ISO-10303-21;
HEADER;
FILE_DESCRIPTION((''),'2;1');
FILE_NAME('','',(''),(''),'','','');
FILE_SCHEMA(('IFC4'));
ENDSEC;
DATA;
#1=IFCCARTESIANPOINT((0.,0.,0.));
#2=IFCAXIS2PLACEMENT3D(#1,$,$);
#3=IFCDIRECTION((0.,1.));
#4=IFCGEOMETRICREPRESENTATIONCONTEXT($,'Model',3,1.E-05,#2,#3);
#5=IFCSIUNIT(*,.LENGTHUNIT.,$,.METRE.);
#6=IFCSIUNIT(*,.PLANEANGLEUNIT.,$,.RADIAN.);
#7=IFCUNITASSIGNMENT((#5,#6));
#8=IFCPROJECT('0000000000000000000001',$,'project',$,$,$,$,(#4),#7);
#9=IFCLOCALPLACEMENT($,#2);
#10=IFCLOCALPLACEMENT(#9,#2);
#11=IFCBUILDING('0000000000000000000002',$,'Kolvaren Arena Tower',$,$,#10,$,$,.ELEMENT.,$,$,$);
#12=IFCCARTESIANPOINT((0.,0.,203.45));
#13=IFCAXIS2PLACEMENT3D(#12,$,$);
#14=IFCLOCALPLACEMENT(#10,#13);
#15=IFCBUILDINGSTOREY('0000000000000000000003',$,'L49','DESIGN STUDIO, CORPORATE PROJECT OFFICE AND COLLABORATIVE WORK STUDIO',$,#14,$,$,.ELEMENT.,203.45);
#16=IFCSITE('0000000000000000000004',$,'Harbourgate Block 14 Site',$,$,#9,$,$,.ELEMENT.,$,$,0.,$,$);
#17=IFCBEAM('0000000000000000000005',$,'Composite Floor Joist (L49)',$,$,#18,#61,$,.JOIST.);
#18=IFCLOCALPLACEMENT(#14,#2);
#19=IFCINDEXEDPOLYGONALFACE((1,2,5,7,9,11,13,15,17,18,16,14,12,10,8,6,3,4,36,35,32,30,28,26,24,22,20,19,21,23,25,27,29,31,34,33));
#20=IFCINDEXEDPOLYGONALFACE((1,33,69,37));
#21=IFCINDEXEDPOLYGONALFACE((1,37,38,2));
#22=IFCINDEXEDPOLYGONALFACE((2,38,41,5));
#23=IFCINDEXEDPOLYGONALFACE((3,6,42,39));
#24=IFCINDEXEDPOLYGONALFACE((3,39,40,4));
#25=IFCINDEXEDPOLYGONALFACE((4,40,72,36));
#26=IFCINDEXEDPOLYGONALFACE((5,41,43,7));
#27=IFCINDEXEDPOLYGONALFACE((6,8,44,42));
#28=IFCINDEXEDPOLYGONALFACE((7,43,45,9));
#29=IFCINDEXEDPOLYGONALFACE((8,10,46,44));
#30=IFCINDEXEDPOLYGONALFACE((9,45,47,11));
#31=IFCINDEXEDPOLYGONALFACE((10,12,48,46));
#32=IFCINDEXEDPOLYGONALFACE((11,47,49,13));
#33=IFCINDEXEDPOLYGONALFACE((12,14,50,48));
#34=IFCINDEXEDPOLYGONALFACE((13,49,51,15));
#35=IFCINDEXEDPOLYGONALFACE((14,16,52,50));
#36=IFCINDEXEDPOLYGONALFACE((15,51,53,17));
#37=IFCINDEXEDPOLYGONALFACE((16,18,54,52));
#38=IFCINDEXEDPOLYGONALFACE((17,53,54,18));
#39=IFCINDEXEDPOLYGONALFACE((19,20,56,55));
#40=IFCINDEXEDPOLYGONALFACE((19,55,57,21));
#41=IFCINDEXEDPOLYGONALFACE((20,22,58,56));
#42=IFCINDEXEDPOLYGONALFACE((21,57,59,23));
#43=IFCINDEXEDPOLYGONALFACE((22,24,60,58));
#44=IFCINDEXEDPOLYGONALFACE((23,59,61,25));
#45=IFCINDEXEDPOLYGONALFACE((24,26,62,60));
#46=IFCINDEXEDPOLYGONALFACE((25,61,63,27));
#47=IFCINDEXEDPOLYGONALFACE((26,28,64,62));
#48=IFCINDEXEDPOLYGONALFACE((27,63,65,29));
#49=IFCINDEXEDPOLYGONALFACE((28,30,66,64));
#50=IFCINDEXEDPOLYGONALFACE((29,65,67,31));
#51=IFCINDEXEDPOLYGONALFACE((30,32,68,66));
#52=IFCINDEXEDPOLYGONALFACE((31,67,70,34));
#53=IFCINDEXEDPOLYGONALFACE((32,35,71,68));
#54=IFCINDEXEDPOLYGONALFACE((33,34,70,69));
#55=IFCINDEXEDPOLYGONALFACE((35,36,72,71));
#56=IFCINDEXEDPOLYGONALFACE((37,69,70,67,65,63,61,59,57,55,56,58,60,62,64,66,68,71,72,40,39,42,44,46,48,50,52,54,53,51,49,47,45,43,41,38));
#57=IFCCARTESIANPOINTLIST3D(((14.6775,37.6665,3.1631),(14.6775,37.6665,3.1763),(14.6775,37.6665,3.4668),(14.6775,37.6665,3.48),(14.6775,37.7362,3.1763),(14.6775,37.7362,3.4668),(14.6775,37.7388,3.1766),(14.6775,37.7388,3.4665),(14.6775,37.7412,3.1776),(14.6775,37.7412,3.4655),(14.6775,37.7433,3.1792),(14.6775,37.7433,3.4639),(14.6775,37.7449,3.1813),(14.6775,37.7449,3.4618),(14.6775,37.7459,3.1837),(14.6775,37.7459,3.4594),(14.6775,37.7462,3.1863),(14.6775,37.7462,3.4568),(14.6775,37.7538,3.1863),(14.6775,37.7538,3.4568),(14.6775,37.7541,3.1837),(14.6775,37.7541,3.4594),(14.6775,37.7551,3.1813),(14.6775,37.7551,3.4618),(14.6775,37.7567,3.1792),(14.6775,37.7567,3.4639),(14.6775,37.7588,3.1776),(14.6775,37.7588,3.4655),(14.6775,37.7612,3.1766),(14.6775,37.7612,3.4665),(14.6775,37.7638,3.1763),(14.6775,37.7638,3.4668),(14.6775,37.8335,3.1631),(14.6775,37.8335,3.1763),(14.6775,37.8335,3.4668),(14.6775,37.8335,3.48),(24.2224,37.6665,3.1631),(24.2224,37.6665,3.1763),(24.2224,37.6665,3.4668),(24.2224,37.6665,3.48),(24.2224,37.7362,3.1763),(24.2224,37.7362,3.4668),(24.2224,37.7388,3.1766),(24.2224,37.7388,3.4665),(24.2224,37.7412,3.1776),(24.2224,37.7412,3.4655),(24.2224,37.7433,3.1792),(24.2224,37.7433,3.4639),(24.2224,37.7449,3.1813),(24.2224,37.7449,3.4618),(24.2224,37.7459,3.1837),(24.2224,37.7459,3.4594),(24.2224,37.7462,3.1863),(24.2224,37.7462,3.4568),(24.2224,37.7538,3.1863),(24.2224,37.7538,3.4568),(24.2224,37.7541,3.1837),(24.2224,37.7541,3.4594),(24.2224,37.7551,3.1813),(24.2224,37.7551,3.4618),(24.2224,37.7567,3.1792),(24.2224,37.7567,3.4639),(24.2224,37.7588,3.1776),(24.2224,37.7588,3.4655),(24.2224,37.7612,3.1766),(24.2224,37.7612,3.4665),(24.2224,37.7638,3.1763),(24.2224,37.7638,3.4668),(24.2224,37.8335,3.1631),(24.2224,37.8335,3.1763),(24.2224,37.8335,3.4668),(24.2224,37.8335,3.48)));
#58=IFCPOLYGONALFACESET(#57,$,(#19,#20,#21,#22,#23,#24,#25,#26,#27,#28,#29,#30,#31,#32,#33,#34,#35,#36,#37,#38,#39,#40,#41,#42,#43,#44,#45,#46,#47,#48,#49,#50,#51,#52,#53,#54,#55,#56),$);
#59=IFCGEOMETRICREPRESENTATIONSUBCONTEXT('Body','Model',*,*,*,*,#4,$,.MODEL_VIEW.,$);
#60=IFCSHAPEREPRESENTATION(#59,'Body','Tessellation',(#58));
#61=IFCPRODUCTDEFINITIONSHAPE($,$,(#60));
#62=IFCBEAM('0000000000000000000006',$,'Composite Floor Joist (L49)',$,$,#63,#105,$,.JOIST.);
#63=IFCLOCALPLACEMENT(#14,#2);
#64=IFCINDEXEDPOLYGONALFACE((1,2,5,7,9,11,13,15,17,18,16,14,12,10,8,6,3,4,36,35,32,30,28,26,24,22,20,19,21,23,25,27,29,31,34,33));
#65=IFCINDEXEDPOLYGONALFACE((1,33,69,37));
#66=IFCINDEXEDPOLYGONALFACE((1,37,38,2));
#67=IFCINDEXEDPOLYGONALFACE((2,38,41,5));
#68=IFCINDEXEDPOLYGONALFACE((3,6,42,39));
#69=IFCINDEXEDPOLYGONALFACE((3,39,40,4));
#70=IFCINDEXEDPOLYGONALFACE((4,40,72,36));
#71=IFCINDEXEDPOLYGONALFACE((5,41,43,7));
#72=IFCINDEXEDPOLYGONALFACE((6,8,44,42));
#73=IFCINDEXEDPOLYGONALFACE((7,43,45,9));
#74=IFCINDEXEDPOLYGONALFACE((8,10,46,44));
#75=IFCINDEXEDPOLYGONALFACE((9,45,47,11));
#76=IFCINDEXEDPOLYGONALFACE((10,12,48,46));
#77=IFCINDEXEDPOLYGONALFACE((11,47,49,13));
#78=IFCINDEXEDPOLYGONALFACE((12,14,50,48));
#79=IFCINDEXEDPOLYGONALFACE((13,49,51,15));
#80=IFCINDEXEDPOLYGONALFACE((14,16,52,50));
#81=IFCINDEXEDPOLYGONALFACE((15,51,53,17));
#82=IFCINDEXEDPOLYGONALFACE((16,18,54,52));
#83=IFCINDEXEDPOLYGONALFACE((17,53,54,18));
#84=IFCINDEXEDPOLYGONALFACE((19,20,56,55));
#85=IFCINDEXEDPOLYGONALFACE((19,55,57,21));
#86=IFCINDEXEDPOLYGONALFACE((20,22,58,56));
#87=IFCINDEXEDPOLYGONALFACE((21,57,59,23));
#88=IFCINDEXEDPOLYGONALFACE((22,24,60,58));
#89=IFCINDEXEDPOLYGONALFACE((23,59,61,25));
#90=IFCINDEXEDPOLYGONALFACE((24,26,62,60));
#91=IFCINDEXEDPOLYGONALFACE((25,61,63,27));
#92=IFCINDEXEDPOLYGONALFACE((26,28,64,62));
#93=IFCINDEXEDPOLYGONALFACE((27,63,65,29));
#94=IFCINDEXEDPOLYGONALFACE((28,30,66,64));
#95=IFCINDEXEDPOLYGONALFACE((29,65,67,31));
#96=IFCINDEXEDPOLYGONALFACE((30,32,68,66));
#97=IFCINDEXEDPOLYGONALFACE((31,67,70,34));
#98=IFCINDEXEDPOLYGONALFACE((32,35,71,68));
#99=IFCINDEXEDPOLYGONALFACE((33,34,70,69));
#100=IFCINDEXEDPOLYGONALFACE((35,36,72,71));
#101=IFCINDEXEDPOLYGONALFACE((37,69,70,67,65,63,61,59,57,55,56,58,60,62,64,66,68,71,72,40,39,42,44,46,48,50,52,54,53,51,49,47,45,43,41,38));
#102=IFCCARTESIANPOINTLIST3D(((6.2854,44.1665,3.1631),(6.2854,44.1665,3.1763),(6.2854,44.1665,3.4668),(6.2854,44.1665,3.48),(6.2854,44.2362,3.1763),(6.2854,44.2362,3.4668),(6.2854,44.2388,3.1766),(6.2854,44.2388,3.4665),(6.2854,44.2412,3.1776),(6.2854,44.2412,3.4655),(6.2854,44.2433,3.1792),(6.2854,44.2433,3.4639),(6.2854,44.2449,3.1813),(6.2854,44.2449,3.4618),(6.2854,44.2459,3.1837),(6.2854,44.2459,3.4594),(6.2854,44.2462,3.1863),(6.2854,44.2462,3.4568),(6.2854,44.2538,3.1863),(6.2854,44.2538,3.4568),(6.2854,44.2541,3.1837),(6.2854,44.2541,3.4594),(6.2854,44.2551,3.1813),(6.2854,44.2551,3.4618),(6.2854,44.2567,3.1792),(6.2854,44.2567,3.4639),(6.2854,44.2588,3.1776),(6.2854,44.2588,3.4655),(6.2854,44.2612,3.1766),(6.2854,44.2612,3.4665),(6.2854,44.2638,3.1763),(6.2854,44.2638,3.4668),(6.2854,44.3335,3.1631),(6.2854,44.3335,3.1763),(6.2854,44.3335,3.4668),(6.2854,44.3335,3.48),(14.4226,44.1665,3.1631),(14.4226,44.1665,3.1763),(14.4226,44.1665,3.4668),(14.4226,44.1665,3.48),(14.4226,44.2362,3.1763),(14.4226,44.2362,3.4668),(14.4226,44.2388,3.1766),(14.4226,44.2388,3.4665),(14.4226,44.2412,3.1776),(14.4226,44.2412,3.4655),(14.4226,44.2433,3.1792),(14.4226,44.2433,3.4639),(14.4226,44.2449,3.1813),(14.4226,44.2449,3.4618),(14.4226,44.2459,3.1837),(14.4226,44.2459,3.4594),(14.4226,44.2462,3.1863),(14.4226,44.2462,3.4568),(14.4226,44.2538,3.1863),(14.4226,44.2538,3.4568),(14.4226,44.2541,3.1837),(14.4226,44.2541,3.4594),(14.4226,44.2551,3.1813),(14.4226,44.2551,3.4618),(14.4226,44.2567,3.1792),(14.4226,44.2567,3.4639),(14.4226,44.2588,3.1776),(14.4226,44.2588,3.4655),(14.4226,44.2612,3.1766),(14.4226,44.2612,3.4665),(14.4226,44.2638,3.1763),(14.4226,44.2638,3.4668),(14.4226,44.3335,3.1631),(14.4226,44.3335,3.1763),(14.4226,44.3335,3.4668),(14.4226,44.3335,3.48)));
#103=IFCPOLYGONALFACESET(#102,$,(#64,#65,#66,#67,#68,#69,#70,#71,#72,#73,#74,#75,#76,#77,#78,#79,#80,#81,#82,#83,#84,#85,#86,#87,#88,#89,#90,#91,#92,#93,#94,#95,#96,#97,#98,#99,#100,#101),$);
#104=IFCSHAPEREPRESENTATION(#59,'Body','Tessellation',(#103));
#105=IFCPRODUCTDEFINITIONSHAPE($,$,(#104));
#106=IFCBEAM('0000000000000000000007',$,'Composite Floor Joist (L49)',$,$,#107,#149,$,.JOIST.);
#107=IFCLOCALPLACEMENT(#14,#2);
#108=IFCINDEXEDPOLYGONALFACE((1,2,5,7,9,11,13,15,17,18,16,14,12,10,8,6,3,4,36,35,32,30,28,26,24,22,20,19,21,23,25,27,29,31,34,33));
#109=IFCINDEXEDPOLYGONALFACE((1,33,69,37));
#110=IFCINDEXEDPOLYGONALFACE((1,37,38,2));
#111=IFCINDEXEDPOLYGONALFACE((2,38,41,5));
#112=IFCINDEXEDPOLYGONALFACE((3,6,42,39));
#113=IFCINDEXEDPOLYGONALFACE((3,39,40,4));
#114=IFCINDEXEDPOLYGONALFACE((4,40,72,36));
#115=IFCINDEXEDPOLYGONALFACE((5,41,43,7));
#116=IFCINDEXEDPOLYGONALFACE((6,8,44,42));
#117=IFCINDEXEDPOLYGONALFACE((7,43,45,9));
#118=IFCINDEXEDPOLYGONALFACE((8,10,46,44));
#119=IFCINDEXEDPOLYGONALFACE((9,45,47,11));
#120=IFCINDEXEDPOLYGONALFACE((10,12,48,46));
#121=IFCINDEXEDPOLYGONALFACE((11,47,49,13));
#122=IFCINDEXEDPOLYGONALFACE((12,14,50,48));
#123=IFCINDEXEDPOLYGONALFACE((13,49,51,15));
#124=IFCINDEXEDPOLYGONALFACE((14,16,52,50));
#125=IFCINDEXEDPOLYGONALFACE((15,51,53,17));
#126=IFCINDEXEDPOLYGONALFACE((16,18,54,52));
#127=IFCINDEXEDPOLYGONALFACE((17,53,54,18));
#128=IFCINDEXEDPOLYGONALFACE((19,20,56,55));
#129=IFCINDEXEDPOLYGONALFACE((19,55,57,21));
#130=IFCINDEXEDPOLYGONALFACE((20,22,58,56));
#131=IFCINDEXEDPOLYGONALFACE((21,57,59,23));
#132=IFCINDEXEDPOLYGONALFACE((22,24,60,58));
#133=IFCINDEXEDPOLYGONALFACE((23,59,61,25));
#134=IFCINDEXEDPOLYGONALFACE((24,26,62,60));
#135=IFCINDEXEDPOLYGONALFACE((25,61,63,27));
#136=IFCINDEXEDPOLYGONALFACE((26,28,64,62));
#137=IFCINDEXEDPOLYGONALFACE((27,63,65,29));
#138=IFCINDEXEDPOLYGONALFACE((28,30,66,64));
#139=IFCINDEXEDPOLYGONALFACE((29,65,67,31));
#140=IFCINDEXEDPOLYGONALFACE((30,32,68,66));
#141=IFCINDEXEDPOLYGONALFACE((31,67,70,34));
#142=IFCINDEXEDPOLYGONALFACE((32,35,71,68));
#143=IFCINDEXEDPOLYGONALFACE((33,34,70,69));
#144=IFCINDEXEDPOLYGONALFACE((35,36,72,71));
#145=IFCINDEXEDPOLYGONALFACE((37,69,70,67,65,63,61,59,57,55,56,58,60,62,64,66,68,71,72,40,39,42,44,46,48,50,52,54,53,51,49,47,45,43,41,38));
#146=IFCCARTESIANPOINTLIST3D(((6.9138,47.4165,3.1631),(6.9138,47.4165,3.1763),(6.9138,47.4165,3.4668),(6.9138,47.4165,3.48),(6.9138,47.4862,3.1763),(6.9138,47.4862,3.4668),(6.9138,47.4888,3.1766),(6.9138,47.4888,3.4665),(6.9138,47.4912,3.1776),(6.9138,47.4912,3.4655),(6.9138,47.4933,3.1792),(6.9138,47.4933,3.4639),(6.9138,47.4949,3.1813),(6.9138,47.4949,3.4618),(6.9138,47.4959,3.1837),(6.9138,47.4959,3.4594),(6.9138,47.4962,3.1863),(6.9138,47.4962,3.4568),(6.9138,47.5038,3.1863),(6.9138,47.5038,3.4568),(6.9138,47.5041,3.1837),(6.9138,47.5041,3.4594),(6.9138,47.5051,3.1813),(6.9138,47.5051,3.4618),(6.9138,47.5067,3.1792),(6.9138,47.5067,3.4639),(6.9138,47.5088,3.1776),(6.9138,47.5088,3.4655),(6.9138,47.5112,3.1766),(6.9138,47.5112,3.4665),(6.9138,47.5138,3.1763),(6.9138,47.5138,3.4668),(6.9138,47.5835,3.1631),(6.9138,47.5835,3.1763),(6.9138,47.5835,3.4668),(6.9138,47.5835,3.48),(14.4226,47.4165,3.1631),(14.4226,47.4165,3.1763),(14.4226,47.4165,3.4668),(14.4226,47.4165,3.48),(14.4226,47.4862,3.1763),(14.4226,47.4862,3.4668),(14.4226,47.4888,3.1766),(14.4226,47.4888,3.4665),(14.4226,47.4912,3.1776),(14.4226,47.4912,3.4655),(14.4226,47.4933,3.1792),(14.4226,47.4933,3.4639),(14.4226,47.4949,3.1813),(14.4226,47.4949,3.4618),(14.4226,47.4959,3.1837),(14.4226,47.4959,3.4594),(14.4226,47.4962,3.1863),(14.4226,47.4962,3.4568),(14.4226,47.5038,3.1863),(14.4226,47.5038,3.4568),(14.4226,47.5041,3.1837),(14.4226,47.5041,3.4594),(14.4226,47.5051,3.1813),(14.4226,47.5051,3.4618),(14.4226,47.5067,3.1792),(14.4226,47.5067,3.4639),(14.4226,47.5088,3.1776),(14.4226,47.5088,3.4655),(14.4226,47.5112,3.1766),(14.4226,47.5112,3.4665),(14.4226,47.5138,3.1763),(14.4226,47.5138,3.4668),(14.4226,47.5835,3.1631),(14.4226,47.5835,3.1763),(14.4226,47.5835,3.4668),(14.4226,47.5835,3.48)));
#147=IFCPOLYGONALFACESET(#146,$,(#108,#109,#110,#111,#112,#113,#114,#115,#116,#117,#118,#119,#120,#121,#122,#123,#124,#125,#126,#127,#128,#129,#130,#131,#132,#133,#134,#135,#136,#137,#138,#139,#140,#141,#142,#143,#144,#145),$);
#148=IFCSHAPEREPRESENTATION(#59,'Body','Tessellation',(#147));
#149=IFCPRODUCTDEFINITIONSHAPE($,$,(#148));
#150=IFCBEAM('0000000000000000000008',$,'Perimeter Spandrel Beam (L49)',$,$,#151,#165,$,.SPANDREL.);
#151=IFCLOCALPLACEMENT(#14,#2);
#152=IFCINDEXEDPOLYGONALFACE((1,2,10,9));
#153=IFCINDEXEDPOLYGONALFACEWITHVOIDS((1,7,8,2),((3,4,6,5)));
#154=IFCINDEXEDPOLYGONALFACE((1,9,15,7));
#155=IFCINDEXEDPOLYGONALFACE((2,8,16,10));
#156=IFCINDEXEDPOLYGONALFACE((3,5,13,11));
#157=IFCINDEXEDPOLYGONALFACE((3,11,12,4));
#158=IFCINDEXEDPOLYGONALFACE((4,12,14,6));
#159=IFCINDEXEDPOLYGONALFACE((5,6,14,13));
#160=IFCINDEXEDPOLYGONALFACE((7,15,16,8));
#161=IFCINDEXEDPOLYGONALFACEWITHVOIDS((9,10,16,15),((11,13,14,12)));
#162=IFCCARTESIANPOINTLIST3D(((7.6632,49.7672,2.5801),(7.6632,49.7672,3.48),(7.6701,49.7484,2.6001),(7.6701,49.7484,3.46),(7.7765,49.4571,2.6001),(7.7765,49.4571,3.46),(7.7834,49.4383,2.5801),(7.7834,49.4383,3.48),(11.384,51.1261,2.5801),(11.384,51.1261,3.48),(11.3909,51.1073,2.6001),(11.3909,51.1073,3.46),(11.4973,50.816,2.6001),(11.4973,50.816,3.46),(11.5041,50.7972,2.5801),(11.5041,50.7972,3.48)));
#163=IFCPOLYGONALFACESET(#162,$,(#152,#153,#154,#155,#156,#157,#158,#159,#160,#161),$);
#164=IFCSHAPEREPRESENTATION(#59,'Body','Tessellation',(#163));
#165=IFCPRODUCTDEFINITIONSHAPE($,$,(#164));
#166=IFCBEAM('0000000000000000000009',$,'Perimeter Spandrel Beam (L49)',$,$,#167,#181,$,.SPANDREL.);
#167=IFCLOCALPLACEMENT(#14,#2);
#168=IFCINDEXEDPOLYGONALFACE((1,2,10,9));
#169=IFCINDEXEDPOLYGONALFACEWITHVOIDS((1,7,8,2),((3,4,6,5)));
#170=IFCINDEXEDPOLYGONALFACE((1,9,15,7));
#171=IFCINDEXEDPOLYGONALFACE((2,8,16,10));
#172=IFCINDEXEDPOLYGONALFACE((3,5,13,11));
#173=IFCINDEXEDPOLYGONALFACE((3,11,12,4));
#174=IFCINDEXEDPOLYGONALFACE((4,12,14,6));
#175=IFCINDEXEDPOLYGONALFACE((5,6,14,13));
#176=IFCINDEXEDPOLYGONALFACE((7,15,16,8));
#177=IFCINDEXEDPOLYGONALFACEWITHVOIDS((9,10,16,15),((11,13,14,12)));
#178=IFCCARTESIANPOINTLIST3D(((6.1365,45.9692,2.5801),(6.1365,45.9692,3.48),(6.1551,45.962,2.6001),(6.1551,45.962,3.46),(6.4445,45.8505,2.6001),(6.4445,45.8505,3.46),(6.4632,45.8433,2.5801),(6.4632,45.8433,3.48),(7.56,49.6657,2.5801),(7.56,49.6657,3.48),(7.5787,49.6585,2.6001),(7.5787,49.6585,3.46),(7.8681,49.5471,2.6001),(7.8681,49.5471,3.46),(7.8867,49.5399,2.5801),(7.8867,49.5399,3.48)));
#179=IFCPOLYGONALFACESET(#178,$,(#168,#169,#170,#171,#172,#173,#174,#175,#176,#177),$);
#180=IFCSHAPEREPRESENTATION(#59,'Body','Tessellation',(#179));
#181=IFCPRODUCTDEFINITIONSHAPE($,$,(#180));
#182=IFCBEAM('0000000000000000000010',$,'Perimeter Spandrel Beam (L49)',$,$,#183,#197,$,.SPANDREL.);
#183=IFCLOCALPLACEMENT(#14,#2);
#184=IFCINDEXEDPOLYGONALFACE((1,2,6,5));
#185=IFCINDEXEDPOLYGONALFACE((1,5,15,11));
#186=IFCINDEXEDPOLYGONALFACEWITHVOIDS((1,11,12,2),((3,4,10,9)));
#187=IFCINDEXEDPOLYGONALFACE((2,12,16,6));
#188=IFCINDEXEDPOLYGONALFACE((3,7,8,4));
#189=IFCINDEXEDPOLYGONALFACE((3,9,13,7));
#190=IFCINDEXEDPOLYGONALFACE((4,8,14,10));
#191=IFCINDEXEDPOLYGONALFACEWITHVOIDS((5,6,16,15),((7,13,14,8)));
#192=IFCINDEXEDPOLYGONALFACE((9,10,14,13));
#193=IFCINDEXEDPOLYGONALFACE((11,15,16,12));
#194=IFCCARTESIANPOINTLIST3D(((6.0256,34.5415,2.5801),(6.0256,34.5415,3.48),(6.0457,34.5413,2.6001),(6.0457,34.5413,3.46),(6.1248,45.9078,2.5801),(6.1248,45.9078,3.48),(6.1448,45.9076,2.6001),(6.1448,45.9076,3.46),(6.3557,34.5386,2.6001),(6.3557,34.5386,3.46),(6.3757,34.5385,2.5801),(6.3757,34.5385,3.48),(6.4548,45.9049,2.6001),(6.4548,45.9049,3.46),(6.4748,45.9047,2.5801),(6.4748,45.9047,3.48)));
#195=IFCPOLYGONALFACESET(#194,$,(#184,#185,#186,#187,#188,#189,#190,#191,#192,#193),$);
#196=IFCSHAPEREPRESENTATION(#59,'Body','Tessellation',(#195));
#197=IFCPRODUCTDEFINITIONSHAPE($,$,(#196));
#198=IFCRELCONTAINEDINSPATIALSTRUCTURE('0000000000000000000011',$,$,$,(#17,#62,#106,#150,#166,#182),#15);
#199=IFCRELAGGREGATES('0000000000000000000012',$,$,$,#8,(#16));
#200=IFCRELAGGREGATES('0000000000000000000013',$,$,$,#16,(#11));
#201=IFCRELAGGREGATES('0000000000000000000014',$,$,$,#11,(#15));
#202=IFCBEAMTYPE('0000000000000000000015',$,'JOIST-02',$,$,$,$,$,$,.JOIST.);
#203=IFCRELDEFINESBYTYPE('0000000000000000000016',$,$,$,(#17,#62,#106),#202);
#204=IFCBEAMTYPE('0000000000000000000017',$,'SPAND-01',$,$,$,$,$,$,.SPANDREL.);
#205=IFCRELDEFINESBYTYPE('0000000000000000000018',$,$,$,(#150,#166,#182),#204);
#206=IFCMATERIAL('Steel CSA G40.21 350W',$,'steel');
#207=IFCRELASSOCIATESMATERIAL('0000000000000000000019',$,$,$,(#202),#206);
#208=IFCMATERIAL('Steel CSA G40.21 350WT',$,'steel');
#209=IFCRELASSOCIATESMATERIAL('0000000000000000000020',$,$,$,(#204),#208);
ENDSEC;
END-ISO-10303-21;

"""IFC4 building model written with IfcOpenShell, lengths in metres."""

from ifc_helpers import new_model, si_unit, direction, frame, origin, origin_2d, place, context, subcontext, project, spatial, hollow_rectangle, i_section, extrude, material, material_profile, profile_set, type_object, element, save


model = new_model("IFC4")

# Units and contexts
model_context = context("Model", 3, precision=1e-05, world=origin(), true_north=direction((0.0, 1.0)))
body_context = subcontext(model_context, "Body", "Model", "MODEL_VIEW")
ifc_project = project(units=[si_unit("LENGTHUNIT", "METRE"), si_unit("PLANEANGLEUNIT", "RADIAN")], contexts=[model_context])

# Site, building, storey
site_placement = place(None, origin())
site = spatial("IfcSite", under=ifc_project, at=site_placement, Name="Harbourgate Block 14 Site", CompositionType="ELEMENT", RefElevation=0.0)
building_placement = place(site_placement, origin())
building = spatial("IfcBuilding", under=site, at=building_placement, Name="Kolvaren Arena Tower", CompositionType="ELEMENT")
storey_placement = place(building_placement, frame((0.0, 0.0, 203.45)))
storey = spatial("IfcBuildingStorey", under=building, at=storey_placement, Name="L49", Description="DESIGN STUDIO, CORPORATE PROJECT OFFICE AND COLLABORATIVE WORK STUDIO", CompositionType="ELEMENT", Elevation=203.45)

# Beams
ifc_material_1 = material(Name="Steel CSA G40.21 350W", Category="steel")
ifc_material_profile_1 = material_profile(ifc_material_1, i_section(OverallWidth=0.167, OverallDepth=0.3169, WebThickness=0.0076, FlangeThickness=0.0132, FilletRadius=0.01, at=origin_2d()), Name="W310x52")
ifc_profile_set_1 = profile_set([ifc_material_profile_1], Name="Steel CSA G40.21 350W")
beam_type_1 = type_object("IfcBeamType", Name="JOIST-02", PredefinedType="JOIST", material=ifc_profile_set_1)
beam_1_placement = place(storey_placement, frame((14.6775, 37.75, 3.3215), z_axis=(1.0, 0.0, 0.0), x_axis=(0.0, 1.0, 0.0)))
element("IfcBeam", 1, at=beam_1_placement, inside=storey, type_object=beam_type_1, Name="Composite Floor Joist (L49)", PredefinedType="JOIST", context=body_context, shape_type="SweptSolid", body=[
    extrude(i_section(OverallWidth=0.167, OverallDepth=0.3169, WebThickness=0.0076, FlangeThickness=0.0132, FilletRadius=0.01, at=origin_2d()), origin(), (0.0, 0.0, 1.0), 9.5449),
])
beam_2_placement = place(storey_placement, frame((6.2854, 44.25, 3.3215), z_axis=(1.0, 0.0, 0.0), x_axis=(0.0, 1.0, 0.0)))
element("IfcBeam", 2, at=beam_2_placement, inside=storey, type_object=beam_type_1, Name="Composite Floor Joist (L49)", PredefinedType="JOIST", context=body_context, shape_type="SweptSolid", body=[
    extrude(i_section(OverallWidth=0.167, OverallDepth=0.3169, WebThickness=0.0076, FlangeThickness=0.0132, FilletRadius=0.01, at=origin_2d()), origin(), (0.0, 0.0, 1.0), 8.1372),
])
beam_3_placement = place(storey_placement, frame((6.9138, 47.5, 3.3215), z_axis=(1.0, 0.0, 0.0), x_axis=(0.0, 1.0, 0.0)))
element("IfcBeam", 3, at=beam_3_placement, inside=storey, type_object=beam_type_1, Name="Composite Floor Joist (L49)", PredefinedType="JOIST", context=body_context, shape_type="SweptSolid", body=[
    extrude(i_section(OverallWidth=0.167, OverallDepth=0.3169, WebThickness=0.0076, FlangeThickness=0.0132, FilletRadius=0.01, at=origin_2d()), origin(), (0.0, 0.0, 1.0), 7.5088),
])
ifc_material_2 = material(Name="Steel CSA G40.21 350WT", Category="steel")
ifc_material_profile_2 = material_profile(ifc_material_2, hollow_rectangle(XDim=0.3501, YDim=0.8999, WallThickness=0.02, at=origin_2d()), Name="HSS 900x350x20")
ifc_profile_set_2 = profile_set([ifc_material_profile_2], Name="Steel CSA G40.21 350WT")
beam_type_2 = type_object("IfcBeamType", Name="SPAND-01", PredefinedType="SPANDREL", material=ifc_profile_set_2)
for number, where, z_axis, x_axis, name in (
    (4, (11.4441, 50.9617, 3.03), (-0.939314, -0.343059, 0.0), (0.343059, -0.939314, 0.0), "Perimeter Spandrel Beam (L49)"),
    (5, (7.7234, 49.6028, 3.03), (-0.359384, -0.93319, 0.0), (0.93319, -0.359384, 0.0), "Perimeter Spandrel Beam (L49)"),
):
    element("IfcBeam", number, at=place(storey_placement, frame(where, z_axis=z_axis, x_axis=x_axis)), inside=storey, type_object=beam_type_2, Name=name, PredefinedType="SPANDREL", context=body_context, shape_type="SweptSolid", body=[
        extrude(hollow_rectangle(XDim=0.3501, YDim=0.8999, WallThickness=0.02, at=origin_2d()), origin(), (0.0, 0.0, 1.0), 3.9612),
    ])
for number, where, z_axis, x_axis, name in (
    (6, (6.2998, 45.9062, 3.03), (-0.00872, -0.999962, 0.0), (0.999962, -0.00872, 0.0), "Perimeter Spandrel Beam (L49)"),
):
    element("IfcBeam", number, at=place(storey_placement, frame(where, z_axis=z_axis, x_axis=x_axis)), inside=storey, type_object=beam_type_2, Name=name, PredefinedType="SPANDREL", context=body_context, shape_type="SweptSolid", body=[
        extrude(hollow_rectangle(XDim=0.3501, YDim=0.8999, WallThickness=0.02, at=origin_2d()), origin(), (0.0, 0.0, 1.0), 11.3667),
    ])

save(model, "model.ifc")
